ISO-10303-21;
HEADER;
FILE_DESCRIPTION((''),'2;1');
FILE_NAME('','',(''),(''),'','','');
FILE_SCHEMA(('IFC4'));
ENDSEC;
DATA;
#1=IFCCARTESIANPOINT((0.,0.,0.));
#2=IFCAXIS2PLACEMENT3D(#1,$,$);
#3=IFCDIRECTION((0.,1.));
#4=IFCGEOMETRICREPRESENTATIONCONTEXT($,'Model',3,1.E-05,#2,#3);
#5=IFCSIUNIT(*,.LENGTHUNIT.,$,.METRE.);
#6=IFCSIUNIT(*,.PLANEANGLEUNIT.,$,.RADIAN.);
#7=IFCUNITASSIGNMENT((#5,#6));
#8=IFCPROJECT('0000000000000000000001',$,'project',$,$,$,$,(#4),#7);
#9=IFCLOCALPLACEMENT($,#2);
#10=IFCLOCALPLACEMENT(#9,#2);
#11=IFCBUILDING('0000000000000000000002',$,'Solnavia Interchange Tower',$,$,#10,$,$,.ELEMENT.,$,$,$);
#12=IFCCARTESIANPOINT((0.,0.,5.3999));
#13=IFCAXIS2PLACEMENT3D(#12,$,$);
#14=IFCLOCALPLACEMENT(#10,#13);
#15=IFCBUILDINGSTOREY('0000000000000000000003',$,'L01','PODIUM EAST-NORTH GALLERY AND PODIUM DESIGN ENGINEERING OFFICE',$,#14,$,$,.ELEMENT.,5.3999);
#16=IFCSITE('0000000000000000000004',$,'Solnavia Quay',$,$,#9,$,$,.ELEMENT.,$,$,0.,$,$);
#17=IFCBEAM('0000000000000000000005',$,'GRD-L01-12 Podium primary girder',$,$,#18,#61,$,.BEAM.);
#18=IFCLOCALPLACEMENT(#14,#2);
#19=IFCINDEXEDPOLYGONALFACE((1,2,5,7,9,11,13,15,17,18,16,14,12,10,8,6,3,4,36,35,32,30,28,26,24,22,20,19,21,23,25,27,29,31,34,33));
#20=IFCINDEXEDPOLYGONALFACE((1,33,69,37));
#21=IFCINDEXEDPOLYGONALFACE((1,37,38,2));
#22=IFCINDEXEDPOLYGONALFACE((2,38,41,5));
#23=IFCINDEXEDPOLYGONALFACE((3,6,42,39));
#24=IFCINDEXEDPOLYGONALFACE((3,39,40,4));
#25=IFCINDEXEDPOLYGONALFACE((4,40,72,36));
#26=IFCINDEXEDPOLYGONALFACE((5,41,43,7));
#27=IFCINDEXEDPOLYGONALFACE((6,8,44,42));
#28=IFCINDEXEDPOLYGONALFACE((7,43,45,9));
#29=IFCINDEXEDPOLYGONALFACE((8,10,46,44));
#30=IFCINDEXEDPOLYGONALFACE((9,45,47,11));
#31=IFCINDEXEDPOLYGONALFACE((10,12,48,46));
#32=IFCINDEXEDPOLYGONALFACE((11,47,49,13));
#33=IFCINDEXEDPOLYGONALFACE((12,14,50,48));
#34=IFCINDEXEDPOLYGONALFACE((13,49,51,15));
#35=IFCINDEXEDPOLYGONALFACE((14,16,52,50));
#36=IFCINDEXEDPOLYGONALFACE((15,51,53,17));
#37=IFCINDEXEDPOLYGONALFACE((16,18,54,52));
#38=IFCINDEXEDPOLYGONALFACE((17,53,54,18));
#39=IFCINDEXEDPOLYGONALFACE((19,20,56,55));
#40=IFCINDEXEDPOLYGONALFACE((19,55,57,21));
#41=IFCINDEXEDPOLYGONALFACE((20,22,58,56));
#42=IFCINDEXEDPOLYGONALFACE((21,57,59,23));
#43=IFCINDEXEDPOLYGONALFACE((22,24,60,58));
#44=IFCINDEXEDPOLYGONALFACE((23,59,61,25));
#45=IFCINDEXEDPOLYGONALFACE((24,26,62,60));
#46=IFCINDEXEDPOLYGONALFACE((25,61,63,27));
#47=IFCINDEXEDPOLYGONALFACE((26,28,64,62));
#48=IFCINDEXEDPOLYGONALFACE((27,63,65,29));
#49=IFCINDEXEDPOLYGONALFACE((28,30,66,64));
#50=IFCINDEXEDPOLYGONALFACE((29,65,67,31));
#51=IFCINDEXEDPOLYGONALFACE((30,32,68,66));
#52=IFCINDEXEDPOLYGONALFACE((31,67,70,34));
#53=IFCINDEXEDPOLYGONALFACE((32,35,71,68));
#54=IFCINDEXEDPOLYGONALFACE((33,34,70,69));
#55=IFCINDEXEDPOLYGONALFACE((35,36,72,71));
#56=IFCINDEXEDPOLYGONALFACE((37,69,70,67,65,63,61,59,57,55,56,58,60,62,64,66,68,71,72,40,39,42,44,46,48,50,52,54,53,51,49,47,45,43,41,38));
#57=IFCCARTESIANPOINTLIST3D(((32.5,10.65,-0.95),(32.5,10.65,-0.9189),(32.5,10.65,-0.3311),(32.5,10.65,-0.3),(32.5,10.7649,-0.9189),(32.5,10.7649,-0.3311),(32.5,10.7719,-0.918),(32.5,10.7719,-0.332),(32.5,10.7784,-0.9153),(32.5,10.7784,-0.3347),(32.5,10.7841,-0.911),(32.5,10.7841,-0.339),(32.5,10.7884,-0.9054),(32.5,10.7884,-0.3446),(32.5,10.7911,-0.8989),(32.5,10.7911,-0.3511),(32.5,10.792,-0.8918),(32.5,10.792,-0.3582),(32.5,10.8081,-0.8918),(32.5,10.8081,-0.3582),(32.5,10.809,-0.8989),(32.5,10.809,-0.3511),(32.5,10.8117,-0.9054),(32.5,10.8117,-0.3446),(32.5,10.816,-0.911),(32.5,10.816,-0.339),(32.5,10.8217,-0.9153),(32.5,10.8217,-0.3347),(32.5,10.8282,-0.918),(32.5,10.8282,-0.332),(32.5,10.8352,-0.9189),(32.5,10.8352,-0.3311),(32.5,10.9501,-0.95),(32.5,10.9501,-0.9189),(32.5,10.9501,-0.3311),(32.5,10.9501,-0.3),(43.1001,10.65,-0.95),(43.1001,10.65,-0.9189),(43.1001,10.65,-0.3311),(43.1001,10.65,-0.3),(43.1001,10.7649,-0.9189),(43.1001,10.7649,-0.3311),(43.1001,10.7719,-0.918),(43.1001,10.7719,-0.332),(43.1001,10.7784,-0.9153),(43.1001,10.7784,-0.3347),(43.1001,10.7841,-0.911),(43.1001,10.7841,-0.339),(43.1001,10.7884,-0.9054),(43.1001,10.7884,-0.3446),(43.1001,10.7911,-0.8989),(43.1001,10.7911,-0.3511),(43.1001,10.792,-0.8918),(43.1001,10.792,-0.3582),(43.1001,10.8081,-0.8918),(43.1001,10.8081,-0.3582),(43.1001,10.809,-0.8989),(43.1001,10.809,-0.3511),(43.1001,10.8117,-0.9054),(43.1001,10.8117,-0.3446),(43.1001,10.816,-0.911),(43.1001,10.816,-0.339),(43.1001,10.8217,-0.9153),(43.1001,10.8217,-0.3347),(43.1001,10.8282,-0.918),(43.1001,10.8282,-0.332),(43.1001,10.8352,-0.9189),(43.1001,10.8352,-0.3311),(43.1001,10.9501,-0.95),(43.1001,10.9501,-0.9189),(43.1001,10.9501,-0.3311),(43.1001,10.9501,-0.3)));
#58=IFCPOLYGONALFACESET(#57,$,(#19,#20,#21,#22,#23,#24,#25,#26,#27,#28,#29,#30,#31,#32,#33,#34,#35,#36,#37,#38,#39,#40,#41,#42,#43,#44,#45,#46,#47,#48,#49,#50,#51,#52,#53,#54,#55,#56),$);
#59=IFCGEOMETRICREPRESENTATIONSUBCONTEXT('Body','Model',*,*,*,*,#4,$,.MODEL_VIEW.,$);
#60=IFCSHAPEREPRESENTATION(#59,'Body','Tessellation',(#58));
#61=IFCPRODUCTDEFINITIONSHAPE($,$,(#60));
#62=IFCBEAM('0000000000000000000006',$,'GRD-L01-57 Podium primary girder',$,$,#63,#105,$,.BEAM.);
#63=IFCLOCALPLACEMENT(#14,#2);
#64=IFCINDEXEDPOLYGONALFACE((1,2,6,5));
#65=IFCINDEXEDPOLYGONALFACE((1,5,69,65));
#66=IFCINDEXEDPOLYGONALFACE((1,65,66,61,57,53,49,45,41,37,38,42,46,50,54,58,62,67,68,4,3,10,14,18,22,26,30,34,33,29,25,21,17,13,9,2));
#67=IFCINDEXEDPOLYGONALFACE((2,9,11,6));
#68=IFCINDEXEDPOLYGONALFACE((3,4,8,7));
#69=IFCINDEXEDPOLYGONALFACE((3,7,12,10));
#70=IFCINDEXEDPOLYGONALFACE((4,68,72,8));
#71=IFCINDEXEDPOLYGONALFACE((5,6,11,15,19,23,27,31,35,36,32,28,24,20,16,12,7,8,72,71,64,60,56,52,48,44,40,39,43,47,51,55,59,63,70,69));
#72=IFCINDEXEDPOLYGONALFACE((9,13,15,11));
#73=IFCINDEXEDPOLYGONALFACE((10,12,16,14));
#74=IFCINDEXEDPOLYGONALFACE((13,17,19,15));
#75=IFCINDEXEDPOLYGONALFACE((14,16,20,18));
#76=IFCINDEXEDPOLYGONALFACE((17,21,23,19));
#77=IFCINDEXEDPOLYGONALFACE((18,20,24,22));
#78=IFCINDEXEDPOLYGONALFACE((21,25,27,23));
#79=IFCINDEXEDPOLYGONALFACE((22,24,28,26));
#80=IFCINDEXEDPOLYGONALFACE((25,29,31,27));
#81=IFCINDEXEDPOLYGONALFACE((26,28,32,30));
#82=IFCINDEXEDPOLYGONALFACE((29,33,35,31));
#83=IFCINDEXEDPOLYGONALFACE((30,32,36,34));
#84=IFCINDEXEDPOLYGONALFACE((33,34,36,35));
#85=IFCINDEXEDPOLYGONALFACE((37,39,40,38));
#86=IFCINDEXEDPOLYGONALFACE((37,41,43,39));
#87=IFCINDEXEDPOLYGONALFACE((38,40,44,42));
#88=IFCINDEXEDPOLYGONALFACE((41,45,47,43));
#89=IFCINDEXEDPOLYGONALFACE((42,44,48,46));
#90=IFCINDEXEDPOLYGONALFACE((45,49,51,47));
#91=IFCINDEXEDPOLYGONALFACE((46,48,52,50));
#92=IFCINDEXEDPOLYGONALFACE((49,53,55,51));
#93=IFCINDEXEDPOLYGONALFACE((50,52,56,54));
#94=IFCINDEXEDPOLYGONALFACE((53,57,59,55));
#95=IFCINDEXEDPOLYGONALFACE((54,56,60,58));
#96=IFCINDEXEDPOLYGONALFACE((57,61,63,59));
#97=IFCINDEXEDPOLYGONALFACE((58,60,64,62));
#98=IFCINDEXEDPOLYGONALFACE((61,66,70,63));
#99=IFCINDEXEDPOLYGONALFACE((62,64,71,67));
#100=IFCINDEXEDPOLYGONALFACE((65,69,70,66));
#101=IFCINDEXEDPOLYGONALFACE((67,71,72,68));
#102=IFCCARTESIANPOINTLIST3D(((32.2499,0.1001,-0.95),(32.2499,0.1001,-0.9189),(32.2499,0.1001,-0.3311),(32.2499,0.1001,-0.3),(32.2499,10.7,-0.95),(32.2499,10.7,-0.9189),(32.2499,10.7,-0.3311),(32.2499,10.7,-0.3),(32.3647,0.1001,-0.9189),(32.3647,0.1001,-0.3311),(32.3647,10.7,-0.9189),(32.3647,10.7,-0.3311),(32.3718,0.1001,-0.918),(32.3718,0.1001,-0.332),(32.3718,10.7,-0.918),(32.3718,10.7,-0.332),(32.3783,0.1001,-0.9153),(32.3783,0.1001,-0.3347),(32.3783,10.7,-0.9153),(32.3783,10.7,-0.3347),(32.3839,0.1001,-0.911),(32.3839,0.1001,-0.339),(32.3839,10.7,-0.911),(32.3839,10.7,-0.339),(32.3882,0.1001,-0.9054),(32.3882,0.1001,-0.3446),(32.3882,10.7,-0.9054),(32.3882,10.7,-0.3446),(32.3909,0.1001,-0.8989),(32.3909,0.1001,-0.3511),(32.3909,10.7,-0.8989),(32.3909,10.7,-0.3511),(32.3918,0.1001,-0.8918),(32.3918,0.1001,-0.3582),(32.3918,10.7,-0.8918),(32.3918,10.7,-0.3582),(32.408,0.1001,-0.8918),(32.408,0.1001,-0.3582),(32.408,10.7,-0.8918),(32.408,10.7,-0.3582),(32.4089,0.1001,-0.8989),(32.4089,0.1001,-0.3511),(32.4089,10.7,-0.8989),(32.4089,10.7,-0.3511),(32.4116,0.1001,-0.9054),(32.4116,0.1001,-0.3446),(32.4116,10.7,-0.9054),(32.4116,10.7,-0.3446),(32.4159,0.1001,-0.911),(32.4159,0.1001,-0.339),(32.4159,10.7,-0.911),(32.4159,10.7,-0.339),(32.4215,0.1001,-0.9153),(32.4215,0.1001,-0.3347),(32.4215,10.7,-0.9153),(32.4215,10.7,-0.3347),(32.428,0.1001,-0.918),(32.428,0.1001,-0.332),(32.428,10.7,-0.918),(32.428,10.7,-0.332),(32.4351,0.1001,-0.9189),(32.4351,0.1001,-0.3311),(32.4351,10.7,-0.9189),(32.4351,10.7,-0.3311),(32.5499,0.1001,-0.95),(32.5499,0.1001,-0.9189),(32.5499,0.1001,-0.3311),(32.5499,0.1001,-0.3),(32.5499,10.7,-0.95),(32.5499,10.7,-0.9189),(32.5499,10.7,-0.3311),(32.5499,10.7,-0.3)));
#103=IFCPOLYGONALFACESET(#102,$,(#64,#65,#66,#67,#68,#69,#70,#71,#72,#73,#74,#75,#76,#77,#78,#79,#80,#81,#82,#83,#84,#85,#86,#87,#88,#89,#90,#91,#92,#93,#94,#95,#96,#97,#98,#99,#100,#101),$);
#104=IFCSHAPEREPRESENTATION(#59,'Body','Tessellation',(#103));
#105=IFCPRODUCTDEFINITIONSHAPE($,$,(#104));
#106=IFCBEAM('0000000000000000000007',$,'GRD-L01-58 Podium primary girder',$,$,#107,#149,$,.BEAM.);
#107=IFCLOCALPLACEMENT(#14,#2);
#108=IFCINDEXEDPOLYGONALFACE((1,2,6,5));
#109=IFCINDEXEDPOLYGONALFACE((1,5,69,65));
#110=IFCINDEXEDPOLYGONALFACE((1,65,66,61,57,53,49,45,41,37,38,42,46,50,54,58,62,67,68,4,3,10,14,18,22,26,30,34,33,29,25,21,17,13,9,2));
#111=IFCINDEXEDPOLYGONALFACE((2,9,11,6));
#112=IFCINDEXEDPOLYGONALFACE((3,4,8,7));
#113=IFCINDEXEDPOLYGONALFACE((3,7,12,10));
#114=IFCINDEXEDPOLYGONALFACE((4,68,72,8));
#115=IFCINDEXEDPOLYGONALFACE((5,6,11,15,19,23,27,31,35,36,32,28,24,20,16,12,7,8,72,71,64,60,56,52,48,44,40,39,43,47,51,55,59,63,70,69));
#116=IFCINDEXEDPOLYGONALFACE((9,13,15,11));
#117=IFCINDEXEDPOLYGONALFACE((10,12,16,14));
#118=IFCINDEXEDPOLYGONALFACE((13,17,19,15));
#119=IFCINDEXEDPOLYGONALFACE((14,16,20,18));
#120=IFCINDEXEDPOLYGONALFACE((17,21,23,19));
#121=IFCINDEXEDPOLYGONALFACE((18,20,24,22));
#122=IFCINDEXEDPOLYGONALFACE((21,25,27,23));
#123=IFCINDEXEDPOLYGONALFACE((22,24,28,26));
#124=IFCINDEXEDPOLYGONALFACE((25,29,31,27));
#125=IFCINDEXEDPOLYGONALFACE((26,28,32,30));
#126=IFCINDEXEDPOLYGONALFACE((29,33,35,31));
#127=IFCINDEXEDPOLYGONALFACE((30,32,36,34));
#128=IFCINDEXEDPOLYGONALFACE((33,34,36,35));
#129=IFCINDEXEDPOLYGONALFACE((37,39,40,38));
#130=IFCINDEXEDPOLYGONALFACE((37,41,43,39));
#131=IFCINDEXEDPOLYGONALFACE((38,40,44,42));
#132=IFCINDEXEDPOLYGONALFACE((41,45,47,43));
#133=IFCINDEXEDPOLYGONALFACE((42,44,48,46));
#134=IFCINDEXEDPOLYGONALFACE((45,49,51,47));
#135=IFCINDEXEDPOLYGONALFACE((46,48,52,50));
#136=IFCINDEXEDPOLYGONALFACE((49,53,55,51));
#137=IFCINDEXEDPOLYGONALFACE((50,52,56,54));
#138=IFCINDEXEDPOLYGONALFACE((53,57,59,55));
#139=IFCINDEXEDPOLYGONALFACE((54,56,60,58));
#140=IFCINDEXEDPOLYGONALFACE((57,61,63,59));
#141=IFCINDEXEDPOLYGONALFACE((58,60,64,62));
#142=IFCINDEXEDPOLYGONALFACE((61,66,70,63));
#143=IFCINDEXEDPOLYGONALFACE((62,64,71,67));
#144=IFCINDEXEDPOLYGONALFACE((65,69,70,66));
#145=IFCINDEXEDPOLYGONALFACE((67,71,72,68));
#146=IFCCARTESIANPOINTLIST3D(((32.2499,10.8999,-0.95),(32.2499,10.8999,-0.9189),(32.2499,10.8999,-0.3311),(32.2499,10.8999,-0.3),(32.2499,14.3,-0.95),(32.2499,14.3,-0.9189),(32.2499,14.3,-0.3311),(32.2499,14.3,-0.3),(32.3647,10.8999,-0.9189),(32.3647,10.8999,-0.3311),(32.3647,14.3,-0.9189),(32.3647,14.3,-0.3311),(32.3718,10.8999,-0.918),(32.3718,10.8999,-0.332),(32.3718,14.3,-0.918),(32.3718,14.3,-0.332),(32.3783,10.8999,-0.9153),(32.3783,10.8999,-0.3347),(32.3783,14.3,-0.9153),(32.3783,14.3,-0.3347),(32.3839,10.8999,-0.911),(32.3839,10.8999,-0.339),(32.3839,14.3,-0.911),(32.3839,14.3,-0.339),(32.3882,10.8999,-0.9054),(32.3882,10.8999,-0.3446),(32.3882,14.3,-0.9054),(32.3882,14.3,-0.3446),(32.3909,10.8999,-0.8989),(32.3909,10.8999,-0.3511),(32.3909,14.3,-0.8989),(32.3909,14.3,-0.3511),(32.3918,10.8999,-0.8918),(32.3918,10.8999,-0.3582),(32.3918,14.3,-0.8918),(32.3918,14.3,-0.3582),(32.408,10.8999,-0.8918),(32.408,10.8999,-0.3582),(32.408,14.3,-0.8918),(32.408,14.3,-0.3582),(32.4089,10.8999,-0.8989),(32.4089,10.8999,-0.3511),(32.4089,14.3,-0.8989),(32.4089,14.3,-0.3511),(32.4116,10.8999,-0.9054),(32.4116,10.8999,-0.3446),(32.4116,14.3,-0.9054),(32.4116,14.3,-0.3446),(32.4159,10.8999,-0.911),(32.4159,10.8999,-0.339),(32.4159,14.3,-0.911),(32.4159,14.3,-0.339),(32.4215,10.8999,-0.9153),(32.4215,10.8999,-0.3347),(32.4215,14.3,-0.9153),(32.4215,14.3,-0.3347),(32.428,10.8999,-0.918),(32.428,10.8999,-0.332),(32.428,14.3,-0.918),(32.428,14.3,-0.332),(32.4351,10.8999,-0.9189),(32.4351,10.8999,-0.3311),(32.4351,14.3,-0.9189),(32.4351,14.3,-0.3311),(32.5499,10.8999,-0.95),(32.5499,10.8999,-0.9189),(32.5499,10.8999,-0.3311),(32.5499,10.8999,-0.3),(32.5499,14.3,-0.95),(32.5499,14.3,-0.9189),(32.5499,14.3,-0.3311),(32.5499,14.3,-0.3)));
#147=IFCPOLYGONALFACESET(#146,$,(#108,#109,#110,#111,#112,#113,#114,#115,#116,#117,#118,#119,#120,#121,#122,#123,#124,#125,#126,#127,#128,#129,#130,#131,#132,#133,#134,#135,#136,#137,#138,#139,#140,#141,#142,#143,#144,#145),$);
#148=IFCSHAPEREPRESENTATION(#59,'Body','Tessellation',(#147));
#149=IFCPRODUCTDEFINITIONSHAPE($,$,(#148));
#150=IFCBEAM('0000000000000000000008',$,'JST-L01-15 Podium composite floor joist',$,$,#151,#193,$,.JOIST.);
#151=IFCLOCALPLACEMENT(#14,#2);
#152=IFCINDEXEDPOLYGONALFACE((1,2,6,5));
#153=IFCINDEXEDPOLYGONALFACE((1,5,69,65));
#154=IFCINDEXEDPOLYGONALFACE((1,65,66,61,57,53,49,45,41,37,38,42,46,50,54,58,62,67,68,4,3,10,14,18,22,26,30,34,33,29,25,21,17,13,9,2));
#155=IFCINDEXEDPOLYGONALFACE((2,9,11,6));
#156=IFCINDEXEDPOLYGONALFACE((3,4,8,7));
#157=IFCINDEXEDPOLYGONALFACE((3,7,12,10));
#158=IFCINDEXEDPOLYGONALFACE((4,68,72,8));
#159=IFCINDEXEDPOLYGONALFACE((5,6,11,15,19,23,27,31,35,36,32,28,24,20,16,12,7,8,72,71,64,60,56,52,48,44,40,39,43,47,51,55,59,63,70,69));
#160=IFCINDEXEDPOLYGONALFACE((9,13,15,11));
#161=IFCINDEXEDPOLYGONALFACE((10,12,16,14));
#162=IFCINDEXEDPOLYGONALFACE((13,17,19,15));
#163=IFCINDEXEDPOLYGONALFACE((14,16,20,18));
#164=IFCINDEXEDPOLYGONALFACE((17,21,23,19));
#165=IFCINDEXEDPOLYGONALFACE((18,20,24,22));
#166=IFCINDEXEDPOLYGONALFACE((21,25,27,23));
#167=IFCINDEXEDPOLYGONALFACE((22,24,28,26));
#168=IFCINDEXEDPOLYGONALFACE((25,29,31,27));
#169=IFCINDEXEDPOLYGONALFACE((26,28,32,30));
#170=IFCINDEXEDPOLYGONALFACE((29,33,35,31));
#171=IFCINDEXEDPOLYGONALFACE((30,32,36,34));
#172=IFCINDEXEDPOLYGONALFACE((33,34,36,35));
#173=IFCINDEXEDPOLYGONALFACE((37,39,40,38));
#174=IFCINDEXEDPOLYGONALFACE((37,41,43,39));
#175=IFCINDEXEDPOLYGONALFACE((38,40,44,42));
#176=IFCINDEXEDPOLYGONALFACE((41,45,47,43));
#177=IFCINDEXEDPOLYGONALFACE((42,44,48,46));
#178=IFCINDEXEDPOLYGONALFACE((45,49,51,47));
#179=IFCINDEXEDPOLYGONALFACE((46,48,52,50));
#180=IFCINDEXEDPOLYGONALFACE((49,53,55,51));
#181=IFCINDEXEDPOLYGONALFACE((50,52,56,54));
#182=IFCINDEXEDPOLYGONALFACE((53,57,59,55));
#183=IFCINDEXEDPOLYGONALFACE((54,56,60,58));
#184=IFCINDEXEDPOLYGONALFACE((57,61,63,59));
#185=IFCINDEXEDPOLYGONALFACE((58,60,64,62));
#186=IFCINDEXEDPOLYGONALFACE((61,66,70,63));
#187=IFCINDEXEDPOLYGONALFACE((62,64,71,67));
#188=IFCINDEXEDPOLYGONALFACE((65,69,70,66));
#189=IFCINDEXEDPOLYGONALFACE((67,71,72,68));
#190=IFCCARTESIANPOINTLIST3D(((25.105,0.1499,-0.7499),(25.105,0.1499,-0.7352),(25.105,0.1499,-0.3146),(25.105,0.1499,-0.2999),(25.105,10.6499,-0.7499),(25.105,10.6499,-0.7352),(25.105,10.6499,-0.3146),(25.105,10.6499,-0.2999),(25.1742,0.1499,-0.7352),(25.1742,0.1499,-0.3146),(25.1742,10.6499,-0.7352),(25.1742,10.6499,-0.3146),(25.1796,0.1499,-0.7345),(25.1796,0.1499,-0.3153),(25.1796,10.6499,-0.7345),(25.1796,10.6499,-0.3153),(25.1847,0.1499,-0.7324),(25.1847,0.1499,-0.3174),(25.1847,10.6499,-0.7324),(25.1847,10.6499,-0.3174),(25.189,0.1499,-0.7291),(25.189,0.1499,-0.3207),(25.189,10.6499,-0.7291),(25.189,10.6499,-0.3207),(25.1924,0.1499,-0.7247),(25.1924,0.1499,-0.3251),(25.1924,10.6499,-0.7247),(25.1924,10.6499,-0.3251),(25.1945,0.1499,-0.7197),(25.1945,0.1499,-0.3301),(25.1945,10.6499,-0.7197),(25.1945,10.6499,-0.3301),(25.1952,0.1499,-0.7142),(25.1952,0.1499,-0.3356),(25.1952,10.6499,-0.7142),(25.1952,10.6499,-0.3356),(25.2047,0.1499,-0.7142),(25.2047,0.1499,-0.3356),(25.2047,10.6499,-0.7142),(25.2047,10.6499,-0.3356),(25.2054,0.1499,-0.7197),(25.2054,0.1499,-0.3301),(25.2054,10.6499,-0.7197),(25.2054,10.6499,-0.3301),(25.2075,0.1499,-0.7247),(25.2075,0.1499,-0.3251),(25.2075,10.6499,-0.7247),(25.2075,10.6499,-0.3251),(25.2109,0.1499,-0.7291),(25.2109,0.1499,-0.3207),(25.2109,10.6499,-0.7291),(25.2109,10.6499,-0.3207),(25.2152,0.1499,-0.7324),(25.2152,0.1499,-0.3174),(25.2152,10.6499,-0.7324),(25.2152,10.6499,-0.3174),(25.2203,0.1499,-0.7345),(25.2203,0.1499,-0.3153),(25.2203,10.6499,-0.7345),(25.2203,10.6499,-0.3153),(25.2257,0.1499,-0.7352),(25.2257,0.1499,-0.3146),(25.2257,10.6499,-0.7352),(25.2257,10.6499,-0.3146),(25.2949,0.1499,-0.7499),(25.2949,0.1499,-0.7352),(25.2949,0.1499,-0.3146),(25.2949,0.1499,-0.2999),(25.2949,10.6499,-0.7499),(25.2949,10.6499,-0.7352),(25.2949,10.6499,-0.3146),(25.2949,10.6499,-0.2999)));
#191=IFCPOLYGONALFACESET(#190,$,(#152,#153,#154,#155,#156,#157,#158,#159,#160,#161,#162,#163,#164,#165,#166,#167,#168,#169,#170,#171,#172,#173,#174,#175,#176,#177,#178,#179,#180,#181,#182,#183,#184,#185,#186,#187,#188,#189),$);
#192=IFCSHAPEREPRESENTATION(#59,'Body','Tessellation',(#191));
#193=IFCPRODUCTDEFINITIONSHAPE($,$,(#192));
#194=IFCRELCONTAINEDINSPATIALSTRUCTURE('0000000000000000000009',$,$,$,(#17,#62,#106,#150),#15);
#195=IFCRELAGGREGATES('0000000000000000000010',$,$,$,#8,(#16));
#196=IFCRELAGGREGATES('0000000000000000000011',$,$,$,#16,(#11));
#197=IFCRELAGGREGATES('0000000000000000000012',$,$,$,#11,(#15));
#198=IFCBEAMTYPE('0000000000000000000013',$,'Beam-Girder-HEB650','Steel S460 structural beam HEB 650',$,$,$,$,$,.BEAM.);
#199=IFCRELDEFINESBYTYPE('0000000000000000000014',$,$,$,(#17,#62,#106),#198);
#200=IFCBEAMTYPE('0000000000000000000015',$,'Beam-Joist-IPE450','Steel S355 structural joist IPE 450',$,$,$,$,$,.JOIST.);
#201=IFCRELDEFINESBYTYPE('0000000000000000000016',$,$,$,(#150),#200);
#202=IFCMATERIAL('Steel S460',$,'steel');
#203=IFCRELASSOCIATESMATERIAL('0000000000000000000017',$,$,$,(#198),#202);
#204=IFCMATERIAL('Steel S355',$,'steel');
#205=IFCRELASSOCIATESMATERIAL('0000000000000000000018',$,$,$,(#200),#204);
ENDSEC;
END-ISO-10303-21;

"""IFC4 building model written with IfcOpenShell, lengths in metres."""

from ifc_helpers import new_model, si_unit, direction, frame, origin, origin_2d, place, context, subcontext, project, spatial, i_section, extrude, material, material_profile, profile_set, type_object, element, save


model = new_model("IFC4")

# Units and contexts
model_context = context("Model", 3, precision=1e-05, world=origin(), true_north=direction((0.0, 1.0)))
body_context = subcontext(model_context, "Body", "Model", "MODEL_VIEW")
ifc_project = project(units=[si_unit("LENGTHUNIT", "METRE"), si_unit("PLANEANGLEUNIT", "RADIAN")], contexts=[model_context])

# Site, building, storey
site_placement = place(None, origin())
site = spatial("IfcSite", under=ifc_project, at=site_placement, Name="Solnavia Quay", CompositionType="ELEMENT", RefElevation=0.0)
building_placement = place(site_placement, origin())
building = spatial("IfcBuilding", under=site, at=building_placement, Name="Solnavia Interchange Tower", CompositionType="ELEMENT")
storey_placement = place(building_placement, frame((0.0, 0.0, 5.3999)))
storey = spatial("IfcBuildingStorey", under=building, at=storey_placement, Name="L01", Description="PODIUM EAST-NORTH GALLERY AND PODIUM DESIGN ENGINEERING OFFICE", CompositionType="ELEMENT", Elevation=5.3999)

# Beams
ifc_material_1 = material(Name="Steel S460", Category="steel")
ifc_material_profile_1 = material_profile(ifc_material_1, i_section(OverallWidth=0.3, OverallDepth=0.6499, WebThickness=0.0161, FlangeThickness=0.031, FilletRadius=0.0271, at=origin_2d()), Name="HEB 650")
ifc_profile_set_1 = profile_set([ifc_material_profile_1], Name="Steel S460")
beam_type_1 = type_object("IfcBeamType", Name="Beam-Girder-HEB650", Description="Steel S460 structural beam HEB 650", PredefinedType="BEAM", material=ifc_profile_set_1)
for number, where, z_axis, x_axis, name in (
    (1, (32.5, 10.8, -0.625), (1.0, 0.0, 0.0), (0.0, 1.0, 0.0), "GRD-L01-12 Podium primary girder"),
):
    element("IfcBeam", number, at=place(storey_placement, frame(where, z_axis=z_axis, x_axis=x_axis)), inside=storey, type_object=beam_type_1, Name=name, PredefinedType="BEAM", context=body_context, shape_type="SweptSolid", body=[
        extrude(i_section(OverallWidth=0.3, OverallDepth=0.6499, WebThickness=0.0161, FlangeThickness=0.031, FilletRadius=0.0271, at=origin_2d()), origin(), (0.0, 0.0, 1.0), 10.6001),
    ])
beam_1_placement = place(storey_placement, frame((32.3999, 0.1001, -0.625), z_axis=(0.0, 1.0, 0.0), x_axis=(-1.0, 0.0, 0.0)))
element("IfcBeam", 2, at=beam_1_placement, inside=storey, type_object=beam_type_1, Name="GRD-L01-57 Podium primary girder", PredefinedType="BEAM", context=body_context, shape_type="SweptSolid", body=[
    extrude(i_section(OverallWidth=0.3, OverallDepth=0.6499, WebThickness=0.0161, FlangeThickness=0.031, FilletRadius=0.0271, at=origin_2d()), origin(), (0.0, 0.0, 1.0), 10.5999),
])
beam_2_placement = place(storey_placement, frame((32.3999, 10.8999, -0.625), z_axis=(0.0, 1.0, 0.0), x_axis=(-1.0, 0.0, 0.0)))
element("IfcBeam", 3, at=beam_2_placement, inside=storey, type_object=beam_type_1, Name="GRD-L01-58 Podium primary girder", PredefinedType="BEAM", context=body_context, shape_type="SweptSolid", body=[
    extrude(i_section(OverallWidth=0.3, OverallDepth=0.6499, WebThickness=0.0161, FlangeThickness=0.031, FilletRadius=0.0271, at=origin_2d()), origin(), (0.0, 0.0, 1.0), 3.4001),
])
ifc_material_2 = material(Name="Steel S355", Category="steel")
ifc_material_profile_2 = material_profile(ifc_material_2, i_section(OverallWidth=0.1899, OverallDepth=0.45, WebThickness=0.0095, FlangeThickness=0.0146, FilletRadius=0.021, at=origin_2d()), Name="IPE 450")
ifc_profile_set_2 = profile_set([ifc_material_profile_2], Name="Steel S355")
beam_type_2 = type_object("IfcBeamType", Name="Beam-Joist-IPE450", Description="Steel S355 structural joist IPE 450", PredefinedType="JOIST", material=ifc_profile_set_2)
for number, where, z_axis, x_axis, name in (
    (4, (25.2, 0.1499, -0.5249), (0.0, 1.0, 0.0), (-1.0, 0.0, 0.0), "JST-L01-15 Podium composite floor joist"),
):
    element("IfcBeam", number, at=place(storey_placement, frame(where, z_axis=z_axis, x_axis=x_axis)), inside=storey, type_object=beam_type_2, Name=name, PredefinedType="JOIST", context=body_context, shape_type="SweptSolid", body=[
        extrude(i_section(OverallWidth=0.1899, OverallDepth=0.45, WebThickness=0.0095, FlangeThickness=0.0146, FilletRadius=0.021, at=origin_2d()), origin(), (0.0, 0.0, 1.0), 10.5),
    ])

save(model, "model.ifc")
